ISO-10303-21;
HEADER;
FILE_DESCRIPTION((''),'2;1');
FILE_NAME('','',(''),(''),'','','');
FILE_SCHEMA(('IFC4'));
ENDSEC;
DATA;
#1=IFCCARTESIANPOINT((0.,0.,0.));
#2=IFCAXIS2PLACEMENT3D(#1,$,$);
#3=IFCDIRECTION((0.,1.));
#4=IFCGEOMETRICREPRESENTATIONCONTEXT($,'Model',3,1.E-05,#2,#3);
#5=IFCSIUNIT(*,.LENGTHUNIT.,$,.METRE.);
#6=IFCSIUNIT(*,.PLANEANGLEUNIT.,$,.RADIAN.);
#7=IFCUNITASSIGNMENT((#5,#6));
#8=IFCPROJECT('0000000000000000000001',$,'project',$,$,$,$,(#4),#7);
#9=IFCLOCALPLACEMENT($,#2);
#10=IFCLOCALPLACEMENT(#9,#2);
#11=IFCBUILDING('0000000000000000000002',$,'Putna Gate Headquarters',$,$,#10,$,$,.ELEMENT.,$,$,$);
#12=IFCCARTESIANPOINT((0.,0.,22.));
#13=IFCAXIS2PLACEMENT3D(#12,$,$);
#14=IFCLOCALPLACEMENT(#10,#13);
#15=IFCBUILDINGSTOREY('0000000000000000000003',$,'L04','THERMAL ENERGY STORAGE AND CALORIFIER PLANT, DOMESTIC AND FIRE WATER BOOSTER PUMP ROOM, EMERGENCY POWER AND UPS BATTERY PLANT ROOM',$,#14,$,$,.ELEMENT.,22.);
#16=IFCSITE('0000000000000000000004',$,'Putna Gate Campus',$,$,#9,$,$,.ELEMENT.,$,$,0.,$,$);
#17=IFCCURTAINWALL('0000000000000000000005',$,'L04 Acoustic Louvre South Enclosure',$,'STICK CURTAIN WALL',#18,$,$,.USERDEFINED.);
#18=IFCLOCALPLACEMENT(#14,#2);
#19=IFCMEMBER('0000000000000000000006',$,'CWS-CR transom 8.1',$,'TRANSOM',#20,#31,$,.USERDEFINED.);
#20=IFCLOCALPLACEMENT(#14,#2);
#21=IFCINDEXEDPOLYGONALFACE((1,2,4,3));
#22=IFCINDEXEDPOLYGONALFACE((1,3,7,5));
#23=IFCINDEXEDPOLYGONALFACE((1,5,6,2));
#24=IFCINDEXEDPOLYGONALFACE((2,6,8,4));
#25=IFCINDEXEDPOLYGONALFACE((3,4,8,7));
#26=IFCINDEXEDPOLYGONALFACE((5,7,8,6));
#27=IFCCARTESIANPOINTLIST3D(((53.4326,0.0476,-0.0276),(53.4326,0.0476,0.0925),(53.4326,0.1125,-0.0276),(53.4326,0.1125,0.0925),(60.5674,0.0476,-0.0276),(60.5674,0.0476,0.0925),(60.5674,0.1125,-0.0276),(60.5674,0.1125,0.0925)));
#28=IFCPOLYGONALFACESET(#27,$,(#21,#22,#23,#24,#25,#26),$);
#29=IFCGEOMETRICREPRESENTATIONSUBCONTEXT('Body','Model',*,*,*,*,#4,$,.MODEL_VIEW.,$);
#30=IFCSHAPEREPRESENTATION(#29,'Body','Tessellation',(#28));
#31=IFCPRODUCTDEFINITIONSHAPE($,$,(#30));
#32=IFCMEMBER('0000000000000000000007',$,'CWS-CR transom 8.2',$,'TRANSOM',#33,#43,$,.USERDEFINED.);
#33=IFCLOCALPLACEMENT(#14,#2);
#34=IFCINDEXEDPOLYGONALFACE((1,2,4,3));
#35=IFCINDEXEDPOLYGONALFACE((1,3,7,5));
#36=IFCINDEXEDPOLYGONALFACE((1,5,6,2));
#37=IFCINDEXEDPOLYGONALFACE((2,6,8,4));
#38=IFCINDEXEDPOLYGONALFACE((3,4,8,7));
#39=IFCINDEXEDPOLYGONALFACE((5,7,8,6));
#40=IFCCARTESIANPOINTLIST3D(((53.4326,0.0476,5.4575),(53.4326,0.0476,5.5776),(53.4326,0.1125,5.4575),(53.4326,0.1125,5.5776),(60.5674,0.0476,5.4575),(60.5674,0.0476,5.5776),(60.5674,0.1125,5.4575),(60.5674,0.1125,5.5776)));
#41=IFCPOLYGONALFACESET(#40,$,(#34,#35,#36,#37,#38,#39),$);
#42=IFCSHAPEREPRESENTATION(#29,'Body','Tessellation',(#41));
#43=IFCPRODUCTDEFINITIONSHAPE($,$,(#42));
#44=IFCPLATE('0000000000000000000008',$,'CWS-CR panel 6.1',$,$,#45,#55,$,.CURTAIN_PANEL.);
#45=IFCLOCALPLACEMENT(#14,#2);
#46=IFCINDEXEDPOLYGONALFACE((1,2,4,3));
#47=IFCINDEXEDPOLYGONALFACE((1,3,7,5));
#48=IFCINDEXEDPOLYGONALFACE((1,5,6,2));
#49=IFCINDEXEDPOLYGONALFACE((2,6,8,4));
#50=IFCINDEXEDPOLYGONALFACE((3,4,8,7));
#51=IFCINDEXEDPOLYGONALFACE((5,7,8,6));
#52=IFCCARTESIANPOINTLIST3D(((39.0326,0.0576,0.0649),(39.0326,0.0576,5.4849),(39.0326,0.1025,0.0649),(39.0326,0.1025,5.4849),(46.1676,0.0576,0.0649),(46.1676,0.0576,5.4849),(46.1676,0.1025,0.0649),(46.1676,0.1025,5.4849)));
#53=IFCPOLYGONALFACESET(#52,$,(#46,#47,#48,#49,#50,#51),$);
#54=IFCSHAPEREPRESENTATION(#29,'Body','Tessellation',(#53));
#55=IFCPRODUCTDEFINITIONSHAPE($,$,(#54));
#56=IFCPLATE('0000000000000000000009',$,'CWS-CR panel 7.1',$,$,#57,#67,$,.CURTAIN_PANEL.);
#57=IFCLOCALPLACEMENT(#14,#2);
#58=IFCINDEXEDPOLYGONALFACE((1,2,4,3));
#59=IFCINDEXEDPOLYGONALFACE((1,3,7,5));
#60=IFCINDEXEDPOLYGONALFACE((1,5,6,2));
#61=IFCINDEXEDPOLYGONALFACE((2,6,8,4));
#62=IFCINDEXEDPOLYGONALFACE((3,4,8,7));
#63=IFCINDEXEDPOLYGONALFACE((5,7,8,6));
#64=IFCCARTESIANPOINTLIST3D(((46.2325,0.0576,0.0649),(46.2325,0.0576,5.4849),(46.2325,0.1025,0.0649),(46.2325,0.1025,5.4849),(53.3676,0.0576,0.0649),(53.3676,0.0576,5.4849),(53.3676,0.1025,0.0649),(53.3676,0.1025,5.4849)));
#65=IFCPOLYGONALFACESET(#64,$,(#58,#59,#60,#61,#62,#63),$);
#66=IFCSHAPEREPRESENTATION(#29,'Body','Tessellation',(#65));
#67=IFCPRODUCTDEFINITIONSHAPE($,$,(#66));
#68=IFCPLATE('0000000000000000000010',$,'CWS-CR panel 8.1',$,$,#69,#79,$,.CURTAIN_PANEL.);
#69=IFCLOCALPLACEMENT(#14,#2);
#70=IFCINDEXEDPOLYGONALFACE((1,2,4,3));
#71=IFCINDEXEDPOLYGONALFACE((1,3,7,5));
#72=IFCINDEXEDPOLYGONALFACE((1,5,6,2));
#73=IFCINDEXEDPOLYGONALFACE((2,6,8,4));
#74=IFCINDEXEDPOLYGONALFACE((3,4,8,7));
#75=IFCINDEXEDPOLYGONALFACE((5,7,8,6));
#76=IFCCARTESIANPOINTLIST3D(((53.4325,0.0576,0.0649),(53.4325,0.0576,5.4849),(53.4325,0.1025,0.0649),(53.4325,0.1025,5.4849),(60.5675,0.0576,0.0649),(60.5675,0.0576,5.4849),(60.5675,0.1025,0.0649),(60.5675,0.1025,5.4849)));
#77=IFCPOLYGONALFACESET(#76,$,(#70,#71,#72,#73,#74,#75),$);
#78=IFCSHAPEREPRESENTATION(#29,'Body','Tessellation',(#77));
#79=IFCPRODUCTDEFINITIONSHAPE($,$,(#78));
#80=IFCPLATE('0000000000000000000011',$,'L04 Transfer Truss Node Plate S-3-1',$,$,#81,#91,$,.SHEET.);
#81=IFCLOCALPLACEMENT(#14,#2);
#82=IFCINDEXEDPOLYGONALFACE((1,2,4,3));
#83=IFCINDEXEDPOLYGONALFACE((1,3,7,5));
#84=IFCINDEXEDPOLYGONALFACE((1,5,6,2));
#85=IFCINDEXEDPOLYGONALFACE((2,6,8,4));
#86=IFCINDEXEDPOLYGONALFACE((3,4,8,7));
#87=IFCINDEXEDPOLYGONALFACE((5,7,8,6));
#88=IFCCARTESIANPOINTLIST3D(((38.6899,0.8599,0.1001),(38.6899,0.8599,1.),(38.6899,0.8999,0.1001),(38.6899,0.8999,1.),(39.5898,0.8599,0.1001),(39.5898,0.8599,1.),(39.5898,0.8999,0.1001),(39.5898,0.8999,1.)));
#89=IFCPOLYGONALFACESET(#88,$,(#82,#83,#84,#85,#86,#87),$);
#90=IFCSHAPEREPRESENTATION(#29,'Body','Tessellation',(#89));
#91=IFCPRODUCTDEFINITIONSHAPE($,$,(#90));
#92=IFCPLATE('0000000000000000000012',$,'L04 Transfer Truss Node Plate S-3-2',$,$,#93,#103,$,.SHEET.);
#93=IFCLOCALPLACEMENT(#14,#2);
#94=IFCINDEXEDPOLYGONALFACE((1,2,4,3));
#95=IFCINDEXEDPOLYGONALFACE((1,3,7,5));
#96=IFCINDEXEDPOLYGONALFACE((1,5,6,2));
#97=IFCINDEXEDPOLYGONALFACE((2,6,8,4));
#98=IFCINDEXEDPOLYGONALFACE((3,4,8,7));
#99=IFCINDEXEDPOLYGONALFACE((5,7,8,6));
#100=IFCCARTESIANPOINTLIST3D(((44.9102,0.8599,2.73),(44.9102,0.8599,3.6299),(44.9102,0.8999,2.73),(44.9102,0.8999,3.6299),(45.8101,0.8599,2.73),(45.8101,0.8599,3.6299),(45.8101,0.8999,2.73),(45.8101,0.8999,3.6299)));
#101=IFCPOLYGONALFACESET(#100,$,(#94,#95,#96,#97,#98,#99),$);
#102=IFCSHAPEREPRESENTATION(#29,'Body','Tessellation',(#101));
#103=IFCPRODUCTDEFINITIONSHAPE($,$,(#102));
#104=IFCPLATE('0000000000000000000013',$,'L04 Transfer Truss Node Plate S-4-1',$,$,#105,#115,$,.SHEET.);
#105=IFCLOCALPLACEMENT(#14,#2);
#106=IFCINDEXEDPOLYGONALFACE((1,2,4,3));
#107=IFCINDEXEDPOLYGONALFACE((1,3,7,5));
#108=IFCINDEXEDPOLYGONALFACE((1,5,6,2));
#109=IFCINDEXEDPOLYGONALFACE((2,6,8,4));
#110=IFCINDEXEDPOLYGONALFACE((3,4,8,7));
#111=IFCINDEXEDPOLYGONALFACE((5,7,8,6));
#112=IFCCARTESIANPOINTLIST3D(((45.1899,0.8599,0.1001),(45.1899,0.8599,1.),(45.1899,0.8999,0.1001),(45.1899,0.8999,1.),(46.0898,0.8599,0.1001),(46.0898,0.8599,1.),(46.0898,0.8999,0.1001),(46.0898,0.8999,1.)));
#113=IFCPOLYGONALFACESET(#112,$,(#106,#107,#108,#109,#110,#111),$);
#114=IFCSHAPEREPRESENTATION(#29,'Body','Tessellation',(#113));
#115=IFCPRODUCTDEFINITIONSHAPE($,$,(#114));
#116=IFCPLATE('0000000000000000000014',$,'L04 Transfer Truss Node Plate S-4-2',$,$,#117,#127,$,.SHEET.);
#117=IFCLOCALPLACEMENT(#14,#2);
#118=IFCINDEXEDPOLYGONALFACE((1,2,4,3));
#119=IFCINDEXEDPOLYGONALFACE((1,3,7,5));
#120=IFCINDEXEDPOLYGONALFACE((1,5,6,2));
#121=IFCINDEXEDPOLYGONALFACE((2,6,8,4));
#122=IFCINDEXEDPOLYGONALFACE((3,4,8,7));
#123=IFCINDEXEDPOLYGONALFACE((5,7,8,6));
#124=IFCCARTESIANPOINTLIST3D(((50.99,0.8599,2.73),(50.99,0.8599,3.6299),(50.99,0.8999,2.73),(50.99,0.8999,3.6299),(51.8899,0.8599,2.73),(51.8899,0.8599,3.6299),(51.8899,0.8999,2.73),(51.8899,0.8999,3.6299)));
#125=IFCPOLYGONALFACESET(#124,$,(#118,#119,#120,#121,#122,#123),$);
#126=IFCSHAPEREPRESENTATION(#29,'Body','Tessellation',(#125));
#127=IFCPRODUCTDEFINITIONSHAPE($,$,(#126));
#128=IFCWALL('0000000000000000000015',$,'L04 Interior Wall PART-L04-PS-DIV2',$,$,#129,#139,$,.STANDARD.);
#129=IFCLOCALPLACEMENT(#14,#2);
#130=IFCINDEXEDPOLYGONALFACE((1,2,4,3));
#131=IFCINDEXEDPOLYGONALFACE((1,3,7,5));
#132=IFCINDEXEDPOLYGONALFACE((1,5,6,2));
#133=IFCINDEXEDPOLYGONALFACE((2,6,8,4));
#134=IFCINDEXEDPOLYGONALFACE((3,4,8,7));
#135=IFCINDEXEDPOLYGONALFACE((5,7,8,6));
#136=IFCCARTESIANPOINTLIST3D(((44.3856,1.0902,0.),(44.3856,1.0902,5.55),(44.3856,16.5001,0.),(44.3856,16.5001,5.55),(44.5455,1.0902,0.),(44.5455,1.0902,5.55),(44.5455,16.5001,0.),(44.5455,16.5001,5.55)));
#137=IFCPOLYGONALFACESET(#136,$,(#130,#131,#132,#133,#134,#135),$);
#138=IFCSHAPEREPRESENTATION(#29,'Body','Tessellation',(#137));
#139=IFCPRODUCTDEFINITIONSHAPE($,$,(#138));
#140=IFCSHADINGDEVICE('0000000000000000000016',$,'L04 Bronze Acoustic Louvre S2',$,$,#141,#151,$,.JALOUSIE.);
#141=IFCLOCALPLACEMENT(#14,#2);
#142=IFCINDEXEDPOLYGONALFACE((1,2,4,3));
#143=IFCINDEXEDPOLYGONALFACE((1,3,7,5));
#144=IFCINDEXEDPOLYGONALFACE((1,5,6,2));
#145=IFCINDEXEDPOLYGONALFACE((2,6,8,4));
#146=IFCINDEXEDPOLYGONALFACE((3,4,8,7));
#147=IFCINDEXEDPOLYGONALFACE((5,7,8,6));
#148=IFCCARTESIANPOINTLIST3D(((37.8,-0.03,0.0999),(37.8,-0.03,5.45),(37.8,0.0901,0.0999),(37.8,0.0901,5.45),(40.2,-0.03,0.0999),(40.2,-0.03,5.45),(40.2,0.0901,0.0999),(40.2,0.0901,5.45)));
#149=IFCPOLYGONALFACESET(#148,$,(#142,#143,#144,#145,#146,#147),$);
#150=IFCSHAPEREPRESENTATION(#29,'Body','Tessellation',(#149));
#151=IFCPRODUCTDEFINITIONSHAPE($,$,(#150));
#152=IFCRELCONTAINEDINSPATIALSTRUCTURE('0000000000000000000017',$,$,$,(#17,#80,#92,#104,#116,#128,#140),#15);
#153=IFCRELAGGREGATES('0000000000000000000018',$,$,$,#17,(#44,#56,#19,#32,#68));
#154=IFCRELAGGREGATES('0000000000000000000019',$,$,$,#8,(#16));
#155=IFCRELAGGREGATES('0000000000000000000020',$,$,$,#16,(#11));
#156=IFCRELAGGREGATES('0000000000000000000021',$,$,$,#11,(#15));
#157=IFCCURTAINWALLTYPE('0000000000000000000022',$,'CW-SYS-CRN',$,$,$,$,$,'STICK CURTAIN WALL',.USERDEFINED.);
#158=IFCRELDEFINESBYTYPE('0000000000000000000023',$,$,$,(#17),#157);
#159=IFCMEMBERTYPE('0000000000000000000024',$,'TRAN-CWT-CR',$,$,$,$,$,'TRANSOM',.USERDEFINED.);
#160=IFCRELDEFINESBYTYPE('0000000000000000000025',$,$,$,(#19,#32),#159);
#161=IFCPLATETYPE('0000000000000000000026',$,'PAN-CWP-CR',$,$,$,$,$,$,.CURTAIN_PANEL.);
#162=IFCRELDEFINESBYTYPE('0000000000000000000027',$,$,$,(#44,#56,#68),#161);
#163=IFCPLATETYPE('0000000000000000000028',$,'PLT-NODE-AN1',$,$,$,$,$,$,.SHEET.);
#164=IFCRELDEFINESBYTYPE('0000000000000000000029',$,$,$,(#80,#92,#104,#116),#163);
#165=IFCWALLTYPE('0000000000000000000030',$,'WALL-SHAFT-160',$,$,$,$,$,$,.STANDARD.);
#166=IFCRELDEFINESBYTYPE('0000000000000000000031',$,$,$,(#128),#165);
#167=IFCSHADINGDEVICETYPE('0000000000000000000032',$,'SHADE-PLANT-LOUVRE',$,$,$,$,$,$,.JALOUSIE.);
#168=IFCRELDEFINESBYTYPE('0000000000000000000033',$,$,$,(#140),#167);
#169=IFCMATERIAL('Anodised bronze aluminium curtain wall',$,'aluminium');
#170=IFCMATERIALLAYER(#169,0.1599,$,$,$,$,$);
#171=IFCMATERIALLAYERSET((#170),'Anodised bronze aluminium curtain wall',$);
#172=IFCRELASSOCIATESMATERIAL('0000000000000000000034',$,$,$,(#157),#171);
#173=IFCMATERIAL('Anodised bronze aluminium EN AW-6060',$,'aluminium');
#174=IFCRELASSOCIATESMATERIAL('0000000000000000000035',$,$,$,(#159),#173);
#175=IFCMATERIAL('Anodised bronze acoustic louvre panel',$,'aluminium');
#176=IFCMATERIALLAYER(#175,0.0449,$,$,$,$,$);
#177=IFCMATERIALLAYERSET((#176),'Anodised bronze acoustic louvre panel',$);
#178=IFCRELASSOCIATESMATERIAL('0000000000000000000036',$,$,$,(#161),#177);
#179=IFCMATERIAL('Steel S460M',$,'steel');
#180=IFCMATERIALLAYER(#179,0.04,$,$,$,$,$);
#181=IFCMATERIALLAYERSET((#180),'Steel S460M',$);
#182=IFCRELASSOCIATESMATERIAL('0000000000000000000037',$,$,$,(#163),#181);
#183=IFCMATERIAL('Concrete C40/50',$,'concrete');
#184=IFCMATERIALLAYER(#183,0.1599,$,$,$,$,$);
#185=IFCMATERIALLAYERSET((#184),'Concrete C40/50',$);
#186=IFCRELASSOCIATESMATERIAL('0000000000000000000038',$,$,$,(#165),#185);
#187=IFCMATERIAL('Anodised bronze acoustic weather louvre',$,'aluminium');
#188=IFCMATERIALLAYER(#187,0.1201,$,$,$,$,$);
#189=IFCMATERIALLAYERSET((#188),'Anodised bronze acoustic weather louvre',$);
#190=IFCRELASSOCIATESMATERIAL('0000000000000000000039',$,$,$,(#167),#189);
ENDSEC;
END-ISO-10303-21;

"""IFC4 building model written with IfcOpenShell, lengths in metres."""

from ifc_helpers import new_model, si_unit, direction, frame, frame_2d, origin, origin_2d, place, context, subcontext, project, spatial, rectangle, extrude, material, layer, layer_set, material_profile, profile_set, type_object, element, aggregate, save


model = new_model("IFC4")

# Units and contexts
model_context = context("Model", 3, precision=1e-05, world=origin(), true_north=direction((0.0, 1.0)))
body_context = subcontext(model_context, "Body", "Model", "MODEL_VIEW")
ifc_project = project(units=[si_unit("LENGTHUNIT", "METRE"), si_unit("PLANEANGLEUNIT", "RADIAN")], contexts=[model_context])

# Site, building, storey
site_placement = place(None, origin())
site = spatial("IfcSite", under=ifc_project, at=site_placement, Name="Putna Gate Campus", CompositionType="ELEMENT", RefElevation=0.0)
building_placement = place(site_placement, origin())
building = spatial("IfcBuilding", under=site, at=building_placement, Name="Putna Gate Headquarters", CompositionType="ELEMENT")
storey_placement = place(building_placement, frame((0.0, 0.0, 22.0)))
storey = spatial("IfcBuildingStorey", under=building, at=storey_placement, Name="L04", Description="THERMAL ENERGY STORAGE AND CALORIFIER PLANT, DOMESTIC AND FIRE WATER BOOSTER PUMP ROOM, EMERGENCY POWER AND UPS BATTERY PLANT ROOM", CompositionType="ELEMENT", Elevation=22.0)

# Shared definitions
ifc_material_1 = material(Name="Steel S460M", Category="steel")

# Curtain wall, members, plates
ifc_material_2 = material(Name="Anodised bronze aluminium curtain wall", Category="aluminium")
ifc_layer_1 = layer(ifc_material_2, 0.1599)
ifc_layer_set_1 = layer_set([ifc_layer_1], Name="Anodised bronze aluminium curtain wall")
curtain_wall_type = type_object("IfcCurtainWallType", Name="CW-SYS-CRN", ElementType="STICK CURTAIN WALL", PredefinedType="USERDEFINED", material=ifc_layer_set_1)
curtain_wall_placement = place(storey_placement, origin())
curtain_wall = element("IfcCurtainWall", 1, at=curtain_wall_placement, inside=storey, type_object=curtain_wall_type, Name="L04 Acoustic Louvre South Enclosure", ObjectType="STICK CURTAIN WALL", PredefinedType="USERDEFINED")
ifc_material_3 = material(Name="Anodised bronze aluminium EN AW-6060", Category="aluminium")
ifc_material_profile_1 = material_profile(ifc_material_3, rectangle(XDim=0.0649, YDim=0.1201, at=origin_2d()), Name="Anodised bronze aluminium EN AW-6060")
ifc_profile_set_1 = profile_set([ifc_material_profile_1], Name="Anodised bronze aluminium EN AW-6060")
member_type_1 = type_object("IfcMemberType", Name="TRAN-CWT-CR", ElementType="TRANSOM", PredefinedType="USERDEFINED", material=ifc_profile_set_1)
member_1_placement = place(storey_placement, frame((53.4326, 0.0801, 0.0325), z_axis=(1.0, 0.0, 0.0), x_axis=(0.0, 1.0, 0.0)))
member_1 = element("IfcMember", 2, at=member_1_placement, type_object=member_type_1, Name="CWS-CR transom 8.1", ObjectType="TRANSOM", PredefinedType="USERDEFINED", context=body_context, shape_type="SweptSolid", body=[
    extrude(rectangle(XDim=0.0649, YDim=0.1201, at=origin_2d()), origin(), (0.0, 0.0, 1.0), 7.1348),
])
member_2_placement = place(storey_placement, frame((53.4326, 0.0801, 5.5176), z_axis=(1.0, 0.0, 0.0), x_axis=(0.0, 1.0, 0.0)))
member_2 = element("IfcMember", 3, at=member_2_placement, type_object=member_type_1, Name="CWS-CR transom 8.2", ObjectType="TRANSOM", PredefinedType="USERDEFINED", context=body_context, shape_type="SweptSolid", body=[
    extrude(rectangle(XDim=0.0649, YDim=0.1201, at=origin_2d()), origin(), (0.0, 0.0, 1.0), 7.1348),
])
ifc_material_4 = material(Name="Anodised bronze acoustic louvre panel", Category="aluminium")
ifc_layer_2 = layer(ifc_material_4, 0.0449)
ifc_layer_set_2 = layer_set([ifc_layer_2], Name="Anodised bronze acoustic louvre panel")
plate_type_1 = type_object("IfcPlateType", Name="PAN-CWP-CR", PredefinedType="CURTAIN_PANEL", material=ifc_layer_set_2)
plate_1_placement = place(storey_placement, frame((42.6001, 0.0801, 0.0649), z_axis=(0.0, 0.0, 1.0), x_axis=(1.0, 0.0, 0.0)))
plate_1 = element("IfcPlate", 4, at=plate_1_placement, type_object=plate_type_1, Name="CWS-CR panel 6.1", PredefinedType="CURTAIN_PANEL", context=body_context, shape_type="SweptSolid", body=[
    extrude(rectangle(XDim=7.135, YDim=0.0449, at=origin_2d()), origin(), (0.0, 0.0, 1.0), 5.4199),
])
plate_2_placement = place(storey_placement, frame((49.8, 0.0801, 0.0649), z_axis=(0.0, 0.0, 1.0), x_axis=(1.0, 0.0, 0.0)))
plate_2 = element("IfcPlate", 5, at=plate_2_placement, type_object=plate_type_1, Name="CWS-CR panel 7.1", PredefinedType="CURTAIN_PANEL", context=body_context, shape_type="SweptSolid", body=[
    extrude(rectangle(XDim=7.135, YDim=0.0449, at=origin_2d()), origin(), (0.0, 0.0, 1.0), 5.4199),
])
plate_3_placement = place(storey_placement, frame((57.0, 0.0801, 0.0649), z_axis=(0.0, 0.0, 1.0), x_axis=(1.0, 0.0, 0.0)))
plate_3 = element("IfcPlate", 6, at=plate_3_placement, type_object=plate_type_1, Name="CWS-CR panel 8.1", PredefinedType="CURTAIN_PANEL", context=body_context, shape_type="SweptSolid", body=[
    extrude(rectangle(XDim=7.135, YDim=0.0449, at=origin_2d()), origin(), (0.0, 0.0, 1.0), 5.4199),
])
aggregate(curtain_wall, [plate_1, plate_2, member_1, member_2, plate_3])

# Plates
ifc_layer_3 = layer(ifc_material_1, 0.04)
ifc_layer_set_3 = layer_set([ifc_layer_3], Name="Steel S460M")
plate_type_2 = type_object("IfcPlateType", Name="PLT-NODE-AN1", PredefinedType="SHEET", material=ifc_layer_set_3)
for number, where, z_axis, x_axis, name in (
    (7, (39.1399, 0.8799, 0.1001), (0.0, 0.0, 1.0), (1.0, 0.0, 0.0), "L04 Transfer Truss Node Plate S-3-1"),
    (8, (45.3601, 0.8799, 2.73), (0.0, 0.0, 1.0), (1.0, 0.0, 0.0), "L04 Transfer Truss Node Plate S-3-2"),
    (9, (45.6399, 0.8799, 0.1001), (0.0, 0.0, 1.0), (1.0, 0.0, 0.0), "L04 Transfer Truss Node Plate S-4-1"),
    (10, (51.4399, 0.8799, 2.73), (0.0, 0.0, 1.0), (1.0, 0.0, 0.0), "L04 Transfer Truss Node Plate S-4-2"),
):
    element("IfcPlate", number, at=place(storey_placement, frame(where, z_axis=z_axis, x_axis=x_axis)), inside=storey, type_object=plate_type_2, Name=name, PredefinedType="SHEET", context=body_context, shape_type="SweptSolid", body=[
        extrude(rectangle(XDim=0.8999, YDim=0.04, at=origin_2d()), origin(), (0.0, 0.0, 1.0), 0.8999),
    ])

# Wall
ifc_material_5 = material(Name="Concrete C40/50", Category="concrete")
ifc_layer_4 = layer(ifc_material_5, 0.1599)
ifc_layer_set_4 = layer_set([ifc_layer_4], Name="Concrete C40/50")
wall_type = type_object("IfcWallType", Name="WALL-SHAFT-160", PredefinedType="STANDARD", material=ifc_layer_set_4)
wall_placement = place(storey_placement, frame((44.4656, 1.0901, 0.0), z_axis=(0.0, 0.0, 1.0), x_axis=(0.0, 1.0, 0.0)))
element("IfcWall", 11, at=wall_placement, inside=storey, type_object=wall_type, Name="L04 Interior Wall PART-L04-PS-DIV2", PredefinedType="STANDARD", context=body_context, shape_type="SweptSolid", body=[
    extrude(rectangle(XDim=15.4099, YDim=0.1599, at=frame_2d((7.7051, 0.0))), origin(), (0.0, 0.0, 1.0), 5.55),
])

# Shading device
ifc_material_6 = material(Name="Anodised bronze acoustic weather louvre", Category="aluminium")
ifc_layer_5 = layer(ifc_material_6, 0.1201)
ifc_layer_set_5 = layer_set([ifc_layer_5], Name="Anodised bronze acoustic weather louvre")
shading_device_type = type_object("IfcShadingDeviceType", Name="SHADE-PLANT-LOUVRE", PredefinedType="JALOUSIE", material=ifc_layer_set_5)
shading_device_placement = place(storey_placement, frame((39.0, 0.03, 0.0999), z_axis=(0.0, 0.0, 1.0), x_axis=(1.0, 0.0, 0.0)))
element("IfcShadingDevice", 12, at=shading_device_placement, inside=storey, type_object=shading_device_type, Name="L04 Bronze Acoustic Louvre S2", PredefinedType="JALOUSIE", context=body_context, shape_type="SweptSolid", body=[
    extrude(rectangle(XDim=2.3999, YDim=0.1201, at=origin_2d()), origin(), (0.0, 0.0, 1.0), 5.3501),
])

save(model, "model.ifc")
